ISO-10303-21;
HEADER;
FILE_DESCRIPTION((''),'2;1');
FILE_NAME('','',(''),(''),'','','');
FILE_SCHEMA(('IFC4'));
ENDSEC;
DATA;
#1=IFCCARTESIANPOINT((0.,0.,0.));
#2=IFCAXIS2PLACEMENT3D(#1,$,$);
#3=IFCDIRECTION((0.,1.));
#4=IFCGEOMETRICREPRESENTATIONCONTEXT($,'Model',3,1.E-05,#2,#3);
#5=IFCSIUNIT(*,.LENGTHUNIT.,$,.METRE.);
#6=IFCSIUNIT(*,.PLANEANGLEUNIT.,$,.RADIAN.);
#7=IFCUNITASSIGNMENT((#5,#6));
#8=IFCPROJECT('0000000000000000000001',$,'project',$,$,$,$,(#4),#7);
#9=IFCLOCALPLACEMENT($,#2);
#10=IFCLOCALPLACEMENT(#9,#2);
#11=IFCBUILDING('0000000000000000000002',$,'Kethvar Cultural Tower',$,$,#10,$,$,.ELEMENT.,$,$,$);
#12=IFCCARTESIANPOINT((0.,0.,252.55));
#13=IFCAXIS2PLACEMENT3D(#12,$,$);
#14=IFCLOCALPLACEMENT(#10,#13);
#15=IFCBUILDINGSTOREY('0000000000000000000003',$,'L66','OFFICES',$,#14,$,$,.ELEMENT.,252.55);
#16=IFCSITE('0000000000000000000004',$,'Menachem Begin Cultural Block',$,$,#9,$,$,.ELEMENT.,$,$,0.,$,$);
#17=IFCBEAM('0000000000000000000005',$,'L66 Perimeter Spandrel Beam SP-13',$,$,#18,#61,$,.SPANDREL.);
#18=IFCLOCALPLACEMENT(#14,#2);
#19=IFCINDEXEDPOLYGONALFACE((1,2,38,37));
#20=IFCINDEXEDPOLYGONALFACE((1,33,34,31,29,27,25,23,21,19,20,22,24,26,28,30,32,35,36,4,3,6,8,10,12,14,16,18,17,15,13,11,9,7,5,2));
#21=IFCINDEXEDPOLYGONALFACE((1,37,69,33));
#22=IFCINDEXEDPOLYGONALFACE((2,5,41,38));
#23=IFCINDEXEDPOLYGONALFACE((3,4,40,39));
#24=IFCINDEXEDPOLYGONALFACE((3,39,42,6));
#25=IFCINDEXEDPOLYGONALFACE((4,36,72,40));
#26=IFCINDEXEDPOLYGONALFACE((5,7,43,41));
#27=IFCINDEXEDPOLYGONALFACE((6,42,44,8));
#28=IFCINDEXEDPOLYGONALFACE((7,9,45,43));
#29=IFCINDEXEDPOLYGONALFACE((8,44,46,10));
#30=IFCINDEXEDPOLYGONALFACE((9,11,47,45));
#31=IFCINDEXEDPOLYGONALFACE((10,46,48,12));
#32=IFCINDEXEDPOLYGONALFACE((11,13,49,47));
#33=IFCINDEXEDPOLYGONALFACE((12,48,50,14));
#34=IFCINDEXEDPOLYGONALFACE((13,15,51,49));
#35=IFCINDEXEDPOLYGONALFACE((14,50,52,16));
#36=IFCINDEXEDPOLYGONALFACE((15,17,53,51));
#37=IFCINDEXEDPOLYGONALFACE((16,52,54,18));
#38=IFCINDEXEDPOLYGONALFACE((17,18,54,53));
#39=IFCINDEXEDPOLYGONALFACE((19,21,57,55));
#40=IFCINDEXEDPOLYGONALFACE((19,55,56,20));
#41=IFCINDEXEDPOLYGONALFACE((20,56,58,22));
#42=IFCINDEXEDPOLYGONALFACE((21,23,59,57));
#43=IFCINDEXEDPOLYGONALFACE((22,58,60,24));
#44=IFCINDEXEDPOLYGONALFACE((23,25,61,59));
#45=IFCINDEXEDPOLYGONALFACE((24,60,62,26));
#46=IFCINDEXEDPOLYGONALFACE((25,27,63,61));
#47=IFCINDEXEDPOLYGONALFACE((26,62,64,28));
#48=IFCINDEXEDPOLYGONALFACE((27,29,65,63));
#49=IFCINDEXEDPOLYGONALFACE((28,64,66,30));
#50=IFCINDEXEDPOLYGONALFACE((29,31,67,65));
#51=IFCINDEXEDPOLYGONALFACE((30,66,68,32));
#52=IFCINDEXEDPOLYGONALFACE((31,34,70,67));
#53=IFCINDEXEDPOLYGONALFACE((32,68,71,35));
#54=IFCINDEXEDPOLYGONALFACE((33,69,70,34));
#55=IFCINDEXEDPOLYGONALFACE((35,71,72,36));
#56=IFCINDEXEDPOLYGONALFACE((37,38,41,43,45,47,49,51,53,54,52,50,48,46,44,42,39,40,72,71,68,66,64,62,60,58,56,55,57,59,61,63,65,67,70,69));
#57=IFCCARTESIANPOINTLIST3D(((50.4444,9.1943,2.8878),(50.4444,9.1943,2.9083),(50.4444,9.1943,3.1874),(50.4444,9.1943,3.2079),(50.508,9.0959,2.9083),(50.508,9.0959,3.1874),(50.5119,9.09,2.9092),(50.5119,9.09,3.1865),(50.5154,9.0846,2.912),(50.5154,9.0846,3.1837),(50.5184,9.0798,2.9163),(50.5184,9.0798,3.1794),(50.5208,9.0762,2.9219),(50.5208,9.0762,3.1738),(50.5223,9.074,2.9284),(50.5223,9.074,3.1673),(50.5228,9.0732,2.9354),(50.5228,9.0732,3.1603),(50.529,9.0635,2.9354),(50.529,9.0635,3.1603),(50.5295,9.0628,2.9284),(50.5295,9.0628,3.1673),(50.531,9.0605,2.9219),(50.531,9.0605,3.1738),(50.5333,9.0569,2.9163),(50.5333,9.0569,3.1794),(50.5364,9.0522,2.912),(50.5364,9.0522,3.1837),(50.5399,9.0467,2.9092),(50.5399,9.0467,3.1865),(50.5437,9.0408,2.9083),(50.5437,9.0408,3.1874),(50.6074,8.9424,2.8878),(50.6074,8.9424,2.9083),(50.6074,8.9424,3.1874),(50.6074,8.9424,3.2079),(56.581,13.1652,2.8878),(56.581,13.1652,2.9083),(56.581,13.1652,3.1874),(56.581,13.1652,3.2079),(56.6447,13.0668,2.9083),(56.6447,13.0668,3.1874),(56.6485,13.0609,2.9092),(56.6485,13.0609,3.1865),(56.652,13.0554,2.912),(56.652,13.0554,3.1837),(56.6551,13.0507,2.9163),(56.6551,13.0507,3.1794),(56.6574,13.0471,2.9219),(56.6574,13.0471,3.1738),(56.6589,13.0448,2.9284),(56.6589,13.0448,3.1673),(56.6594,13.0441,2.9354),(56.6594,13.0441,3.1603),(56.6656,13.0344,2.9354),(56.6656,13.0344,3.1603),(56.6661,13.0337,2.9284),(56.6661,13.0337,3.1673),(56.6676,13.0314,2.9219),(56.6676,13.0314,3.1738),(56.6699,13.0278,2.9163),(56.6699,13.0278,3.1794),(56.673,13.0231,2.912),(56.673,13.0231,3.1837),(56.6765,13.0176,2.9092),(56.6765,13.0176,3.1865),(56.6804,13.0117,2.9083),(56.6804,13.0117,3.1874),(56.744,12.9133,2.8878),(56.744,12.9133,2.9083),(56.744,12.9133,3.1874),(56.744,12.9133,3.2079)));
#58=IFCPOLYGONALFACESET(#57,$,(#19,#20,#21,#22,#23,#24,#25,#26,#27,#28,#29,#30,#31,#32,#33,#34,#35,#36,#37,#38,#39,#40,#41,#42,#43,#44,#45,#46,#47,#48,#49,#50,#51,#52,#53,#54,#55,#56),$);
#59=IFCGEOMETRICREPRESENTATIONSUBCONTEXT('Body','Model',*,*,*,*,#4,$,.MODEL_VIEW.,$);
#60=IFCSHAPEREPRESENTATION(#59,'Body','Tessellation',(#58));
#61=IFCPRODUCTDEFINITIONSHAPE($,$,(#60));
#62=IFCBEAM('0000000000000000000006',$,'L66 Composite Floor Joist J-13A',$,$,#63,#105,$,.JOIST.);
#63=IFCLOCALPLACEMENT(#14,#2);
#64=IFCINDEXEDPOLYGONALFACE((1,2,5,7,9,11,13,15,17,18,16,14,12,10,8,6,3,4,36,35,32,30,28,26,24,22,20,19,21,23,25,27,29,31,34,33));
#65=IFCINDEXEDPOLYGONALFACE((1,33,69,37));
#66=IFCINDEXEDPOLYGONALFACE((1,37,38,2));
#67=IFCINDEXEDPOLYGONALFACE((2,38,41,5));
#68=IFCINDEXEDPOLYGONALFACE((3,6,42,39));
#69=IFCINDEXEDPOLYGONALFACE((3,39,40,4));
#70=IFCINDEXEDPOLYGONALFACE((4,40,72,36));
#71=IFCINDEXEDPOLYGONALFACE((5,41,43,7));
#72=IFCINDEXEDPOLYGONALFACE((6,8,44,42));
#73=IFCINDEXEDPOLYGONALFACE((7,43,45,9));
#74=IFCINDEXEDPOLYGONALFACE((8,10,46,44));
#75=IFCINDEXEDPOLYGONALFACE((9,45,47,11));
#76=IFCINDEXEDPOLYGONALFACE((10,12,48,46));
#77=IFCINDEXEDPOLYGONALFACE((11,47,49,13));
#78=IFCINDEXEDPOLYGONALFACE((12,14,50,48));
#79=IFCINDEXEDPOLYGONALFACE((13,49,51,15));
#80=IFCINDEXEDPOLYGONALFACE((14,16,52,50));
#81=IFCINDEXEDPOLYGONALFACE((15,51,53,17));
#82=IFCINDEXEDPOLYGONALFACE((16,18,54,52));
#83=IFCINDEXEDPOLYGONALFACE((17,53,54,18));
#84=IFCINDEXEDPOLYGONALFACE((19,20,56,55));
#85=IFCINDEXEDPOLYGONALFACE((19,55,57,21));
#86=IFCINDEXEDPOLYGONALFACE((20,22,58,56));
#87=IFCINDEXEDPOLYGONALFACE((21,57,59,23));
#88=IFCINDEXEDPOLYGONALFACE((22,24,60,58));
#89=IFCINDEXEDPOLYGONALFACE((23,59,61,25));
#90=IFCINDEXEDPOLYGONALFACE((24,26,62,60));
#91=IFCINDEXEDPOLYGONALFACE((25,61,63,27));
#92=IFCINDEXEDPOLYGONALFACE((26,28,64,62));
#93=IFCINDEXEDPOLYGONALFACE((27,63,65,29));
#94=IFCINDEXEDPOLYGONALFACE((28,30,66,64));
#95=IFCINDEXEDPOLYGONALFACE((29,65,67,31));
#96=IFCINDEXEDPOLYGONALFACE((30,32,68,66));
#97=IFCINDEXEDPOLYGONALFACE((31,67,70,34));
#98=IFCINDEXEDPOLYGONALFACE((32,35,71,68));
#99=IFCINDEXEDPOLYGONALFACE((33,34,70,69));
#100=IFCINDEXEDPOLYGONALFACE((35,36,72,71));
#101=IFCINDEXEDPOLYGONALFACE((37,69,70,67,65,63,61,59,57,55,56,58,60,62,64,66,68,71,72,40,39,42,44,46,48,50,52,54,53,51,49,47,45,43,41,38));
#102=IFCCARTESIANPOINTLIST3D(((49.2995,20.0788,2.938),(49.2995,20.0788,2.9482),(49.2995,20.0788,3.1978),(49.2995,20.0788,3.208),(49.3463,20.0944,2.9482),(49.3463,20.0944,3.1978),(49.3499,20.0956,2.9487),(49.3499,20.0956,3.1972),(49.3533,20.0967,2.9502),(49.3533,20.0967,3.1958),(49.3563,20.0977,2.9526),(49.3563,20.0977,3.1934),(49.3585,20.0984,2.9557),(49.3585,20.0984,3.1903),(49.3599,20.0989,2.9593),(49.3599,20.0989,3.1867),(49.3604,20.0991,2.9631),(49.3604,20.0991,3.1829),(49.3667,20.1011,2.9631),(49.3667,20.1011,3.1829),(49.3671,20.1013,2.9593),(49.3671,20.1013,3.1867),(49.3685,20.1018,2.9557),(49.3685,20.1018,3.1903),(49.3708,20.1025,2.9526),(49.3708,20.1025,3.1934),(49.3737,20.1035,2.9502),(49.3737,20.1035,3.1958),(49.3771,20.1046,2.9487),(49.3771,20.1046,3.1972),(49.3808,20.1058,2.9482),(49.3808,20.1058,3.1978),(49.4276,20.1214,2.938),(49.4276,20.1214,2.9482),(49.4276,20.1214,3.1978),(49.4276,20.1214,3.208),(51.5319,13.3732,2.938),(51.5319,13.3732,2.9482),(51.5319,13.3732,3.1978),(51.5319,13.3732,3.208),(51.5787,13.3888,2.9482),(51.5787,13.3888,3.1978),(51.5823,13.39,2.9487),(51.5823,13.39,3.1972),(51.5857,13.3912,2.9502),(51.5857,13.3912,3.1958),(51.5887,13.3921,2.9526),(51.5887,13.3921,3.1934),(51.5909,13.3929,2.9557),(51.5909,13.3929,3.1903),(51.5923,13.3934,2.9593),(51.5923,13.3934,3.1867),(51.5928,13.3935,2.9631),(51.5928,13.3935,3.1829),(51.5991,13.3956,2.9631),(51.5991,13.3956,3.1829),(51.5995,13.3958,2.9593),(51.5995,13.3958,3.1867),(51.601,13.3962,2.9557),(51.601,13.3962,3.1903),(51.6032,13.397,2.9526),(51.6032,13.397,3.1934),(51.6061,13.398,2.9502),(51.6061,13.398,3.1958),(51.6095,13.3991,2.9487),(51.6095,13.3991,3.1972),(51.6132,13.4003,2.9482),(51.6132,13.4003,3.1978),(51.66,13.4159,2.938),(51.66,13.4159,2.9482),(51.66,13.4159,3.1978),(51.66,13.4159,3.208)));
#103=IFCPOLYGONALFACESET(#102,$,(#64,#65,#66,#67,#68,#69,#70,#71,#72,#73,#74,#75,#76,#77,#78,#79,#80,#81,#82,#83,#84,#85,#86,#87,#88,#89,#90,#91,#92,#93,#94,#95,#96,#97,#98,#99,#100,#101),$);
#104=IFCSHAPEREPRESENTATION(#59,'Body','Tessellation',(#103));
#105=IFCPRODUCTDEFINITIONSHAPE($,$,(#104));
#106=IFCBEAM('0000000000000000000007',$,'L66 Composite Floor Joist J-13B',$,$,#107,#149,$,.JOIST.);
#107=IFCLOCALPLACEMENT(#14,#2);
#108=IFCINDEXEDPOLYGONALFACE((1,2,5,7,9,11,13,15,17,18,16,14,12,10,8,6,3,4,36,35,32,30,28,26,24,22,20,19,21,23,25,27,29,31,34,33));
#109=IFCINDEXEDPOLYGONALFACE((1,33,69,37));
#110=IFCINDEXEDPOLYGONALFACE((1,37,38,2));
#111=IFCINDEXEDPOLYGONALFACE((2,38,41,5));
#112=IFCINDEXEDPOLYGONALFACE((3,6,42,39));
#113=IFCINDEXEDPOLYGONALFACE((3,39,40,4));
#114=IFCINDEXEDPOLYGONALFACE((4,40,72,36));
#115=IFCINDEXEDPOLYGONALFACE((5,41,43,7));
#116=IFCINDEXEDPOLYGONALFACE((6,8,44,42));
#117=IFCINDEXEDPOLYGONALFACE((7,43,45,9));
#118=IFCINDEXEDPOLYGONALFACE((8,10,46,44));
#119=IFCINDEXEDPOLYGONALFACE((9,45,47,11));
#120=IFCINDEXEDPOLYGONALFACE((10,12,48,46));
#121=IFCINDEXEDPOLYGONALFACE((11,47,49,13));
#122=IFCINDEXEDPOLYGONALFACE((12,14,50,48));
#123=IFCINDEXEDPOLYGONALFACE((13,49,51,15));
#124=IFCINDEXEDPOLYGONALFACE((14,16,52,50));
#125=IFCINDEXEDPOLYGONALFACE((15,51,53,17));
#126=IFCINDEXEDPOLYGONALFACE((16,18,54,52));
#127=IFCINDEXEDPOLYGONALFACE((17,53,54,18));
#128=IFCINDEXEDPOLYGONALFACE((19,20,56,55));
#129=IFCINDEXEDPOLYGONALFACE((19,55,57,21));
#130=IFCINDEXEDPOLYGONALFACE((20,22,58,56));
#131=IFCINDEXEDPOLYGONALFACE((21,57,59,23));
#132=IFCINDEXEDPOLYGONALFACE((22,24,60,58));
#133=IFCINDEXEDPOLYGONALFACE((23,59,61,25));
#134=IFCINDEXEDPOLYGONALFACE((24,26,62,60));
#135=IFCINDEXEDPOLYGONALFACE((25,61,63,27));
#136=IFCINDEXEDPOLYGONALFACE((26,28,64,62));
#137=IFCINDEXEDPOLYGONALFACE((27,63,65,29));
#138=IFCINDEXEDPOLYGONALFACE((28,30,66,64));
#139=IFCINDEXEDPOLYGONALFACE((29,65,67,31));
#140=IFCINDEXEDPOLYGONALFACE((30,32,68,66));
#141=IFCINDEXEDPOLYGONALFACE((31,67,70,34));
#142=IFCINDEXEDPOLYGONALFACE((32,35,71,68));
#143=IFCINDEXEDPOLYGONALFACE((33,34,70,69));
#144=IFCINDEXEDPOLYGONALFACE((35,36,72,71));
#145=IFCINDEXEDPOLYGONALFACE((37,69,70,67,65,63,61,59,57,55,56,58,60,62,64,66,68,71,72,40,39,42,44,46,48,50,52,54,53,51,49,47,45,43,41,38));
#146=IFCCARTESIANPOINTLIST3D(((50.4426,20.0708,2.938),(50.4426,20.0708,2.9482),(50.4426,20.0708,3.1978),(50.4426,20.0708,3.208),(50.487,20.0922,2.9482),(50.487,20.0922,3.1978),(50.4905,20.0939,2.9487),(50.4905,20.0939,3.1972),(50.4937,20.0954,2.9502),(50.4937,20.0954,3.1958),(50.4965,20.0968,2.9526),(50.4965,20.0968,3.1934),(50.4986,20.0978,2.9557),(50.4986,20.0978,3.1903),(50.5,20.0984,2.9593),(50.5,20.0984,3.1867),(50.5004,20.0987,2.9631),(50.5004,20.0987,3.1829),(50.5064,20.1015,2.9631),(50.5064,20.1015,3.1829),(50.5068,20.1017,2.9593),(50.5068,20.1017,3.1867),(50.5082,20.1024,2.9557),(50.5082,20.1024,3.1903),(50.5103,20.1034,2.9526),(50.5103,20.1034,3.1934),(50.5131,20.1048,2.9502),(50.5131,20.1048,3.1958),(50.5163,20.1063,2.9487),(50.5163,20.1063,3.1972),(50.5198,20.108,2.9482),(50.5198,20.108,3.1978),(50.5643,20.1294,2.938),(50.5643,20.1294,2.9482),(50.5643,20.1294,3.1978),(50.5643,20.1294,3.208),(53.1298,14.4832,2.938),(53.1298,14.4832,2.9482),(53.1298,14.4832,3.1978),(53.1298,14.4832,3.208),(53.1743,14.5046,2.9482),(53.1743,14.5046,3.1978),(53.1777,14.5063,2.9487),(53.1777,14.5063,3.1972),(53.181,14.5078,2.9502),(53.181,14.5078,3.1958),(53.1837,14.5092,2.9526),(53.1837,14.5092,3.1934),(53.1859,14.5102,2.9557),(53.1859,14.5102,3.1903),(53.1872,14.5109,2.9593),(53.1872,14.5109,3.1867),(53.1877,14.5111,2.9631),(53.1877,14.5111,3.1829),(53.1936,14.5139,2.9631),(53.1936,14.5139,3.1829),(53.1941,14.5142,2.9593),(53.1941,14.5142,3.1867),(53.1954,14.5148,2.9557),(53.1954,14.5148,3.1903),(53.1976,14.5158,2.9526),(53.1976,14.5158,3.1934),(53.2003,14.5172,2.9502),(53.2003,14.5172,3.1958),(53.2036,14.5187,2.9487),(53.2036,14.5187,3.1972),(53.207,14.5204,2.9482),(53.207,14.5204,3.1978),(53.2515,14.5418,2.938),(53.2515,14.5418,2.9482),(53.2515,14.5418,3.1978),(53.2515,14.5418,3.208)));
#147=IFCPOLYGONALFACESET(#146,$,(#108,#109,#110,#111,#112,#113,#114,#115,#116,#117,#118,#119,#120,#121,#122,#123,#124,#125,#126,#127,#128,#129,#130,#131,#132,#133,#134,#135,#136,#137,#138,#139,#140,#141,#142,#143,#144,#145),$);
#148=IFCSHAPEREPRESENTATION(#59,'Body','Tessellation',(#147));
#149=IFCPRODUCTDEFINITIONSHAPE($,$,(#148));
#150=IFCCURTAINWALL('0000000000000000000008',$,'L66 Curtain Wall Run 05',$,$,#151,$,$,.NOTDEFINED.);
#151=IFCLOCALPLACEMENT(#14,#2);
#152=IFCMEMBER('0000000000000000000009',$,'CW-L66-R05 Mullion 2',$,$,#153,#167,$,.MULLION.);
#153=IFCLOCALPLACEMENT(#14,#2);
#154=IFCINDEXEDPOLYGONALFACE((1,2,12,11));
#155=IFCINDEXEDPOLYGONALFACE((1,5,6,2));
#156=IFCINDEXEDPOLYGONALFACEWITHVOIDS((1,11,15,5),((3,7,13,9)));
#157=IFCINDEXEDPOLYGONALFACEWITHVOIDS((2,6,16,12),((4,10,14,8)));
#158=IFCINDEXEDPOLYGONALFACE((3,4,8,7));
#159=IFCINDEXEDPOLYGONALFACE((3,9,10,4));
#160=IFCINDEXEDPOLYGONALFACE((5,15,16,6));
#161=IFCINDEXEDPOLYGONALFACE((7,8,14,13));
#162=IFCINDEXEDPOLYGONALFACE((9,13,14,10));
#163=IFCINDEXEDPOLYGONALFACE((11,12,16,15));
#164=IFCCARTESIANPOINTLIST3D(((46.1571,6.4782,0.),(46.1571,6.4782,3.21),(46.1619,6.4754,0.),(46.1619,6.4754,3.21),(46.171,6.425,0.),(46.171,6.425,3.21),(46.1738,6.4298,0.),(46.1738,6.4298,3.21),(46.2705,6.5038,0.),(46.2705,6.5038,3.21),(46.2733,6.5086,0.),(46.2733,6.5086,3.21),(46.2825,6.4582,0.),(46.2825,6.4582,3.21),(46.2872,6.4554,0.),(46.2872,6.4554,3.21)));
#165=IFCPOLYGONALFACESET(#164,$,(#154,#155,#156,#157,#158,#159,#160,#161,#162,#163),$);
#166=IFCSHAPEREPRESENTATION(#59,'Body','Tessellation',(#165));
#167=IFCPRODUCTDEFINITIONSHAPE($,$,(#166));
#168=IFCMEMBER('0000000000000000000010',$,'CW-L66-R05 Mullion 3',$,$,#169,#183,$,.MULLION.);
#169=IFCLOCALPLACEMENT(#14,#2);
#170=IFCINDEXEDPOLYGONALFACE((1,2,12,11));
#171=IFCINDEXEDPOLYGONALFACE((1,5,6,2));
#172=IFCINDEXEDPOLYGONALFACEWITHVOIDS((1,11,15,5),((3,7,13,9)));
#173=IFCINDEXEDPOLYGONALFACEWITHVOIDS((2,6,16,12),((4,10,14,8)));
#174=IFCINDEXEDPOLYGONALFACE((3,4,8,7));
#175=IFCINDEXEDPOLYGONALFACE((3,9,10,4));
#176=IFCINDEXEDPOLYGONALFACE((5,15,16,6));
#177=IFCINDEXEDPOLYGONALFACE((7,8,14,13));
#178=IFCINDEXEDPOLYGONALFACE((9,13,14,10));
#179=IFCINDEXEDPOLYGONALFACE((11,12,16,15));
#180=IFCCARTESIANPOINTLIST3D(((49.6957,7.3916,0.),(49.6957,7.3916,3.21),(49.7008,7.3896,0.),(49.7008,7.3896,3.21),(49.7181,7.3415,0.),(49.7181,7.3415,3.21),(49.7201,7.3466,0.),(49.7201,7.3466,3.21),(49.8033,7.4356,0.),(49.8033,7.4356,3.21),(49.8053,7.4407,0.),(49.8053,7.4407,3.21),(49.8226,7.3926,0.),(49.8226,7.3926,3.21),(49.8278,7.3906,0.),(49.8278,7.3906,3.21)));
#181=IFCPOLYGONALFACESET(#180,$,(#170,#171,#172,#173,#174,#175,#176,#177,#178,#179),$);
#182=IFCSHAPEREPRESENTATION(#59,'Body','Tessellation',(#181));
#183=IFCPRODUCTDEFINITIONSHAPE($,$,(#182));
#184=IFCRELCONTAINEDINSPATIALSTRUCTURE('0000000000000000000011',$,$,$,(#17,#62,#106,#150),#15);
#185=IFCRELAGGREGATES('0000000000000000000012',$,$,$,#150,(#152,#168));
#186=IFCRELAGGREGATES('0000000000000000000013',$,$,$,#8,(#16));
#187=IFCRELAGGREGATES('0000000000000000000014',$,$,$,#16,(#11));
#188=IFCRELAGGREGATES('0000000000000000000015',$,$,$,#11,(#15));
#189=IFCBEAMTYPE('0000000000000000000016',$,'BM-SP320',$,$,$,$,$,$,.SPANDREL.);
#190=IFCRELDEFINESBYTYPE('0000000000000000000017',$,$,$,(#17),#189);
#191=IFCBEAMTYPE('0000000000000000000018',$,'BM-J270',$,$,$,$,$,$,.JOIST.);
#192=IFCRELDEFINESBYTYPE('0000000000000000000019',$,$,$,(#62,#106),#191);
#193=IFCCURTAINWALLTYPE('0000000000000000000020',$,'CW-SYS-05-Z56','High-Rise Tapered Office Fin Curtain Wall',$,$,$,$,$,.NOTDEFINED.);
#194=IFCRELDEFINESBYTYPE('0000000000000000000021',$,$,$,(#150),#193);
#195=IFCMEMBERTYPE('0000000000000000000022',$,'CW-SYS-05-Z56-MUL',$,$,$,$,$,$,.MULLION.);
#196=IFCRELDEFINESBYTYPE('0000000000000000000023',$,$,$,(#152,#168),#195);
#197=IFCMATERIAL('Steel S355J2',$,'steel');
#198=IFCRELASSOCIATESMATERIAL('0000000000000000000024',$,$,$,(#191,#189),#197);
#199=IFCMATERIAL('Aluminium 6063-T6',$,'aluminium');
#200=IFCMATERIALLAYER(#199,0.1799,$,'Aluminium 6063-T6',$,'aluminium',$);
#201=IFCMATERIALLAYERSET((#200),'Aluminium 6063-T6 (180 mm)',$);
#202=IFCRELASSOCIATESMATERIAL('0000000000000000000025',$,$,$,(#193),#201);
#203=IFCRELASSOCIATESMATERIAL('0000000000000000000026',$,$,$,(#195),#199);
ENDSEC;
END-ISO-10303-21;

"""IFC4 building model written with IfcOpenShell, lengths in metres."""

from ifc_helpers import new_model, si_unit, direction, frame, origin, origin_2d, place, context, subcontext, project, spatial, hollow_rectangle, i_section, extrude, source, transform, mapped, material, layer, layer_set, material_profile, profile_set, type_object, element, aggregate, save


model = new_model("IFC4")

# Units and contexts
model_context = context("Model", 3, precision=1e-05, world=origin(), true_north=direction((0.0, 1.0)))
body_context = subcontext(model_context, "Body", "Model", "MODEL_VIEW")
ifc_project = project(units=[si_unit("LENGTHUNIT", "METRE"), si_unit("PLANEANGLEUNIT", "RADIAN")], contexts=[model_context])

# Site, building, storey
site_placement = place(None, origin())
site = spatial("IfcSite", under=ifc_project, at=site_placement, Name="Menachem Begin Cultural Block", CompositionType="ELEMENT", RefElevation=0.0)
building_placement = place(site_placement, origin())
building = spatial("IfcBuilding", under=site, at=building_placement, Name="Kethvar Cultural Tower", CompositionType="ELEMENT")
storey_placement = place(building_placement, frame((0.0, 0.0, 252.55)))
storey = spatial("IfcBuildingStorey", under=building, at=storey_placement, Name="L66", Description="OFFICES", CompositionType="ELEMENT", Elevation=252.55)

# Beams
ifc_material_1 = material(Name="Steel S355J2", Category="steel")
ifc_material_profile_1 = material_profile(ifc_material_1, i_section(OverallWidth=0.135, OverallDepth=0.27, WebThickness=0.0066, FlangeThickness=0.0103, FilletRadius=0.0149, at=origin_2d()), Name="Steel S355J2 — IPE270")
ifc_profile_set_1 = profile_set([ifc_material_profile_1], Name="Steel S355J2 — IPE270")
beam_type_1 = type_object("IfcBeamType", Name="BM-J270", PredefinedType="JOIST", material=ifc_profile_set_1)
ifc_material_profile_2 = material_profile(ifc_material_1, i_section(OverallWidth=0.3, OverallDepth=0.3201, WebThickness=0.0115, FlangeThickness=0.0205, FilletRadius=0.0271, at=origin_2d()), Name="Steel S355J2 — HEB320")
ifc_profile_set_2 = profile_set([ifc_material_profile_2], Name="Steel S355J2 — HEB320")
beam_type_2 = type_object("IfcBeamType", Name="BM-SP320", PredefinedType="SPANDREL", material=ifc_profile_set_2)
shared_shape_1 = source(origin(), body_context, "Body", "SweptSolid", [
    extrude(i_section(OverallWidth=0.3, OverallDepth=0.3201, WebThickness=0.0115, FlangeThickness=0.0205, FilletRadius=0.0271, at=origin_2d()), origin(), (0.0, 0.0, 1.0), 7.3093),
])
beam_1_placement = place(storey_placement, frame((50.5259, 9.0684, 3.0479), z_axis=(0.839562, 0.543264, 0.0), x_axis=(-0.543264, 0.839562, 0.0)))
element("IfcBeam", 1, at=beam_1_placement, inside=storey, type_object=beam_type_2, Name="L66 Perimeter Spandrel Beam SP-13", PredefinedType="SPANDREL", context=body_context, shape_type="MappedRepresentation", body=[
    mapped(shared_shape_1, transform((0.0, 0.0, 0.0), scale=1.0)),
])
shared_shape_2 = source(origin(), body_context, "Body", "SweptSolid", [
    extrude(i_section(OverallWidth=0.135, OverallDepth=0.27, WebThickness=0.0066, FlangeThickness=0.0103, FilletRadius=0.0149, at=origin_2d()), origin(), (0.0, 0.0, 1.0), 7.0674),
])
beam_2_placement = place(storey_placement, frame((49.3635, 20.1001, 3.073), z_axis=(0.315875, -0.948801, 0.0), x_axis=(0.948801, 0.315875, 0.0)))
element("IfcBeam", 2, at=beam_2_placement, inside=storey, type_object=beam_type_1, Name="L66 Composite Floor Joist J-13A", PredefinedType="JOIST", context=body_context, shape_type="MappedRepresentation", body=[
    mapped(shared_shape_2, transform((0.0, 0.0, 0.0), scale=1.0)),
])
shared_shape_3 = source(origin(), body_context, "Body", "SweptSolid", [
    extrude(i_section(OverallWidth=0.135, OverallDepth=0.27, WebThickness=0.0066, FlangeThickness=0.0103, FilletRadius=0.0149, at=origin_2d()), origin(), (0.0, 0.0, 1.0), 6.2002),
])
beam_3_placement = place(storey_placement, frame((50.5034, 20.1001, 3.073), z_axis=(0.433411, -0.901197, 0.0), x_axis=(0.901197, 0.433411, 0.0)))
element("IfcBeam", 3, at=beam_3_placement, inside=storey, type_object=beam_type_1, Name="L66 Composite Floor Joist J-13B", PredefinedType="JOIST", context=body_context, shape_type="MappedRepresentation", body=[
    mapped(shared_shape_3, transform((0.0, 0.0, 0.0), scale=1.0)),
])

# Curtain wall, members
ifc_material_2 = material(Name="Aluminium 6063-T6", Category="aluminium")
ifc_layer_1 = layer(ifc_material_2, 0.1799, Name="Aluminium 6063-T6", Category="aluminium")
ifc_layer_set_1 = layer_set([ifc_layer_1], Name="Aluminium 6063-T6 (180 mm)")
curtain_wall_type = type_object("IfcCurtainWallType", Name="CW-SYS-05-Z56", Description="High-Rise Tapered Office Fin Curtain Wall", PredefinedType="NOTDEFINED", material=ifc_layer_set_1)
curtain_wall_placement = place(storey_placement, origin())
curtain_wall = element("IfcCurtainWall", 4, at=curtain_wall_placement, inside=storey, type_object=curtain_wall_type, Name="L66 Curtain Wall Run 05", PredefinedType="NOTDEFINED")
ifc_material_profile_3 = material_profile(ifc_material_2, hollow_rectangle(XDim=0.0549, YDim=0.1201, WallThickness=0.0039, at=origin_2d()), Name="Aluminium 6063-T6 — RHS120x55x4")
ifc_profile_set_3 = profile_set([ifc_material_profile_3], Name="Aluminium 6063-T6 — RHS120x55x4")
member_type_1 = type_object("IfcMemberType", Name="CW-SYS-05-Z56-MUL", PredefinedType="MULLION", material=ifc_profile_set_3)
shared_shape_4 = source(origin(), body_context, "Body", "SweptSolid", [
    extrude(hollow_rectangle(XDim=0.0549, YDim=0.1201, WallThickness=0.0039, at=origin_2d()), origin(), (0.0, 0.0, 1.0), 3.21),
])
member_1_placement = place(storey_placement, frame((46.2222, 6.4668, 0.0), z_axis=(0.0, 0.0, 1.0), x_axis=(-0.253032, 0.967458, 0.0)))
member_1 = element("IfcMember", 5, at=member_1_placement, type_object=member_type_1, Name="CW-L66-R05 Mullion 2", PredefinedType="MULLION", context=body_context, shape_type="MappedRepresentation", body=[
    mapped(shared_shape_4, transform((0.0, 0.0, 0.0), scale=1.0)),
])
member_2_placement = place(storey_placement, frame((49.7617, 7.3911, 0.0), z_axis=(0.0, 0.0, 1.0), x_axis=(-0.409031, 0.91252, 0.0)))
member_2 = element("IfcMember", 6, at=member_2_placement, type_object=member_type_1, Name="CW-L66-R05 Mullion 3", PredefinedType="MULLION", context=body_context, shape_type="MappedRepresentation", body=[
    mapped(shared_shape_4, transform((0.0, 0.0, 0.0), scale=1.0)),
])
aggregate(curtain_wall, [member_1, member_2])

save(model, "model.ifc")
